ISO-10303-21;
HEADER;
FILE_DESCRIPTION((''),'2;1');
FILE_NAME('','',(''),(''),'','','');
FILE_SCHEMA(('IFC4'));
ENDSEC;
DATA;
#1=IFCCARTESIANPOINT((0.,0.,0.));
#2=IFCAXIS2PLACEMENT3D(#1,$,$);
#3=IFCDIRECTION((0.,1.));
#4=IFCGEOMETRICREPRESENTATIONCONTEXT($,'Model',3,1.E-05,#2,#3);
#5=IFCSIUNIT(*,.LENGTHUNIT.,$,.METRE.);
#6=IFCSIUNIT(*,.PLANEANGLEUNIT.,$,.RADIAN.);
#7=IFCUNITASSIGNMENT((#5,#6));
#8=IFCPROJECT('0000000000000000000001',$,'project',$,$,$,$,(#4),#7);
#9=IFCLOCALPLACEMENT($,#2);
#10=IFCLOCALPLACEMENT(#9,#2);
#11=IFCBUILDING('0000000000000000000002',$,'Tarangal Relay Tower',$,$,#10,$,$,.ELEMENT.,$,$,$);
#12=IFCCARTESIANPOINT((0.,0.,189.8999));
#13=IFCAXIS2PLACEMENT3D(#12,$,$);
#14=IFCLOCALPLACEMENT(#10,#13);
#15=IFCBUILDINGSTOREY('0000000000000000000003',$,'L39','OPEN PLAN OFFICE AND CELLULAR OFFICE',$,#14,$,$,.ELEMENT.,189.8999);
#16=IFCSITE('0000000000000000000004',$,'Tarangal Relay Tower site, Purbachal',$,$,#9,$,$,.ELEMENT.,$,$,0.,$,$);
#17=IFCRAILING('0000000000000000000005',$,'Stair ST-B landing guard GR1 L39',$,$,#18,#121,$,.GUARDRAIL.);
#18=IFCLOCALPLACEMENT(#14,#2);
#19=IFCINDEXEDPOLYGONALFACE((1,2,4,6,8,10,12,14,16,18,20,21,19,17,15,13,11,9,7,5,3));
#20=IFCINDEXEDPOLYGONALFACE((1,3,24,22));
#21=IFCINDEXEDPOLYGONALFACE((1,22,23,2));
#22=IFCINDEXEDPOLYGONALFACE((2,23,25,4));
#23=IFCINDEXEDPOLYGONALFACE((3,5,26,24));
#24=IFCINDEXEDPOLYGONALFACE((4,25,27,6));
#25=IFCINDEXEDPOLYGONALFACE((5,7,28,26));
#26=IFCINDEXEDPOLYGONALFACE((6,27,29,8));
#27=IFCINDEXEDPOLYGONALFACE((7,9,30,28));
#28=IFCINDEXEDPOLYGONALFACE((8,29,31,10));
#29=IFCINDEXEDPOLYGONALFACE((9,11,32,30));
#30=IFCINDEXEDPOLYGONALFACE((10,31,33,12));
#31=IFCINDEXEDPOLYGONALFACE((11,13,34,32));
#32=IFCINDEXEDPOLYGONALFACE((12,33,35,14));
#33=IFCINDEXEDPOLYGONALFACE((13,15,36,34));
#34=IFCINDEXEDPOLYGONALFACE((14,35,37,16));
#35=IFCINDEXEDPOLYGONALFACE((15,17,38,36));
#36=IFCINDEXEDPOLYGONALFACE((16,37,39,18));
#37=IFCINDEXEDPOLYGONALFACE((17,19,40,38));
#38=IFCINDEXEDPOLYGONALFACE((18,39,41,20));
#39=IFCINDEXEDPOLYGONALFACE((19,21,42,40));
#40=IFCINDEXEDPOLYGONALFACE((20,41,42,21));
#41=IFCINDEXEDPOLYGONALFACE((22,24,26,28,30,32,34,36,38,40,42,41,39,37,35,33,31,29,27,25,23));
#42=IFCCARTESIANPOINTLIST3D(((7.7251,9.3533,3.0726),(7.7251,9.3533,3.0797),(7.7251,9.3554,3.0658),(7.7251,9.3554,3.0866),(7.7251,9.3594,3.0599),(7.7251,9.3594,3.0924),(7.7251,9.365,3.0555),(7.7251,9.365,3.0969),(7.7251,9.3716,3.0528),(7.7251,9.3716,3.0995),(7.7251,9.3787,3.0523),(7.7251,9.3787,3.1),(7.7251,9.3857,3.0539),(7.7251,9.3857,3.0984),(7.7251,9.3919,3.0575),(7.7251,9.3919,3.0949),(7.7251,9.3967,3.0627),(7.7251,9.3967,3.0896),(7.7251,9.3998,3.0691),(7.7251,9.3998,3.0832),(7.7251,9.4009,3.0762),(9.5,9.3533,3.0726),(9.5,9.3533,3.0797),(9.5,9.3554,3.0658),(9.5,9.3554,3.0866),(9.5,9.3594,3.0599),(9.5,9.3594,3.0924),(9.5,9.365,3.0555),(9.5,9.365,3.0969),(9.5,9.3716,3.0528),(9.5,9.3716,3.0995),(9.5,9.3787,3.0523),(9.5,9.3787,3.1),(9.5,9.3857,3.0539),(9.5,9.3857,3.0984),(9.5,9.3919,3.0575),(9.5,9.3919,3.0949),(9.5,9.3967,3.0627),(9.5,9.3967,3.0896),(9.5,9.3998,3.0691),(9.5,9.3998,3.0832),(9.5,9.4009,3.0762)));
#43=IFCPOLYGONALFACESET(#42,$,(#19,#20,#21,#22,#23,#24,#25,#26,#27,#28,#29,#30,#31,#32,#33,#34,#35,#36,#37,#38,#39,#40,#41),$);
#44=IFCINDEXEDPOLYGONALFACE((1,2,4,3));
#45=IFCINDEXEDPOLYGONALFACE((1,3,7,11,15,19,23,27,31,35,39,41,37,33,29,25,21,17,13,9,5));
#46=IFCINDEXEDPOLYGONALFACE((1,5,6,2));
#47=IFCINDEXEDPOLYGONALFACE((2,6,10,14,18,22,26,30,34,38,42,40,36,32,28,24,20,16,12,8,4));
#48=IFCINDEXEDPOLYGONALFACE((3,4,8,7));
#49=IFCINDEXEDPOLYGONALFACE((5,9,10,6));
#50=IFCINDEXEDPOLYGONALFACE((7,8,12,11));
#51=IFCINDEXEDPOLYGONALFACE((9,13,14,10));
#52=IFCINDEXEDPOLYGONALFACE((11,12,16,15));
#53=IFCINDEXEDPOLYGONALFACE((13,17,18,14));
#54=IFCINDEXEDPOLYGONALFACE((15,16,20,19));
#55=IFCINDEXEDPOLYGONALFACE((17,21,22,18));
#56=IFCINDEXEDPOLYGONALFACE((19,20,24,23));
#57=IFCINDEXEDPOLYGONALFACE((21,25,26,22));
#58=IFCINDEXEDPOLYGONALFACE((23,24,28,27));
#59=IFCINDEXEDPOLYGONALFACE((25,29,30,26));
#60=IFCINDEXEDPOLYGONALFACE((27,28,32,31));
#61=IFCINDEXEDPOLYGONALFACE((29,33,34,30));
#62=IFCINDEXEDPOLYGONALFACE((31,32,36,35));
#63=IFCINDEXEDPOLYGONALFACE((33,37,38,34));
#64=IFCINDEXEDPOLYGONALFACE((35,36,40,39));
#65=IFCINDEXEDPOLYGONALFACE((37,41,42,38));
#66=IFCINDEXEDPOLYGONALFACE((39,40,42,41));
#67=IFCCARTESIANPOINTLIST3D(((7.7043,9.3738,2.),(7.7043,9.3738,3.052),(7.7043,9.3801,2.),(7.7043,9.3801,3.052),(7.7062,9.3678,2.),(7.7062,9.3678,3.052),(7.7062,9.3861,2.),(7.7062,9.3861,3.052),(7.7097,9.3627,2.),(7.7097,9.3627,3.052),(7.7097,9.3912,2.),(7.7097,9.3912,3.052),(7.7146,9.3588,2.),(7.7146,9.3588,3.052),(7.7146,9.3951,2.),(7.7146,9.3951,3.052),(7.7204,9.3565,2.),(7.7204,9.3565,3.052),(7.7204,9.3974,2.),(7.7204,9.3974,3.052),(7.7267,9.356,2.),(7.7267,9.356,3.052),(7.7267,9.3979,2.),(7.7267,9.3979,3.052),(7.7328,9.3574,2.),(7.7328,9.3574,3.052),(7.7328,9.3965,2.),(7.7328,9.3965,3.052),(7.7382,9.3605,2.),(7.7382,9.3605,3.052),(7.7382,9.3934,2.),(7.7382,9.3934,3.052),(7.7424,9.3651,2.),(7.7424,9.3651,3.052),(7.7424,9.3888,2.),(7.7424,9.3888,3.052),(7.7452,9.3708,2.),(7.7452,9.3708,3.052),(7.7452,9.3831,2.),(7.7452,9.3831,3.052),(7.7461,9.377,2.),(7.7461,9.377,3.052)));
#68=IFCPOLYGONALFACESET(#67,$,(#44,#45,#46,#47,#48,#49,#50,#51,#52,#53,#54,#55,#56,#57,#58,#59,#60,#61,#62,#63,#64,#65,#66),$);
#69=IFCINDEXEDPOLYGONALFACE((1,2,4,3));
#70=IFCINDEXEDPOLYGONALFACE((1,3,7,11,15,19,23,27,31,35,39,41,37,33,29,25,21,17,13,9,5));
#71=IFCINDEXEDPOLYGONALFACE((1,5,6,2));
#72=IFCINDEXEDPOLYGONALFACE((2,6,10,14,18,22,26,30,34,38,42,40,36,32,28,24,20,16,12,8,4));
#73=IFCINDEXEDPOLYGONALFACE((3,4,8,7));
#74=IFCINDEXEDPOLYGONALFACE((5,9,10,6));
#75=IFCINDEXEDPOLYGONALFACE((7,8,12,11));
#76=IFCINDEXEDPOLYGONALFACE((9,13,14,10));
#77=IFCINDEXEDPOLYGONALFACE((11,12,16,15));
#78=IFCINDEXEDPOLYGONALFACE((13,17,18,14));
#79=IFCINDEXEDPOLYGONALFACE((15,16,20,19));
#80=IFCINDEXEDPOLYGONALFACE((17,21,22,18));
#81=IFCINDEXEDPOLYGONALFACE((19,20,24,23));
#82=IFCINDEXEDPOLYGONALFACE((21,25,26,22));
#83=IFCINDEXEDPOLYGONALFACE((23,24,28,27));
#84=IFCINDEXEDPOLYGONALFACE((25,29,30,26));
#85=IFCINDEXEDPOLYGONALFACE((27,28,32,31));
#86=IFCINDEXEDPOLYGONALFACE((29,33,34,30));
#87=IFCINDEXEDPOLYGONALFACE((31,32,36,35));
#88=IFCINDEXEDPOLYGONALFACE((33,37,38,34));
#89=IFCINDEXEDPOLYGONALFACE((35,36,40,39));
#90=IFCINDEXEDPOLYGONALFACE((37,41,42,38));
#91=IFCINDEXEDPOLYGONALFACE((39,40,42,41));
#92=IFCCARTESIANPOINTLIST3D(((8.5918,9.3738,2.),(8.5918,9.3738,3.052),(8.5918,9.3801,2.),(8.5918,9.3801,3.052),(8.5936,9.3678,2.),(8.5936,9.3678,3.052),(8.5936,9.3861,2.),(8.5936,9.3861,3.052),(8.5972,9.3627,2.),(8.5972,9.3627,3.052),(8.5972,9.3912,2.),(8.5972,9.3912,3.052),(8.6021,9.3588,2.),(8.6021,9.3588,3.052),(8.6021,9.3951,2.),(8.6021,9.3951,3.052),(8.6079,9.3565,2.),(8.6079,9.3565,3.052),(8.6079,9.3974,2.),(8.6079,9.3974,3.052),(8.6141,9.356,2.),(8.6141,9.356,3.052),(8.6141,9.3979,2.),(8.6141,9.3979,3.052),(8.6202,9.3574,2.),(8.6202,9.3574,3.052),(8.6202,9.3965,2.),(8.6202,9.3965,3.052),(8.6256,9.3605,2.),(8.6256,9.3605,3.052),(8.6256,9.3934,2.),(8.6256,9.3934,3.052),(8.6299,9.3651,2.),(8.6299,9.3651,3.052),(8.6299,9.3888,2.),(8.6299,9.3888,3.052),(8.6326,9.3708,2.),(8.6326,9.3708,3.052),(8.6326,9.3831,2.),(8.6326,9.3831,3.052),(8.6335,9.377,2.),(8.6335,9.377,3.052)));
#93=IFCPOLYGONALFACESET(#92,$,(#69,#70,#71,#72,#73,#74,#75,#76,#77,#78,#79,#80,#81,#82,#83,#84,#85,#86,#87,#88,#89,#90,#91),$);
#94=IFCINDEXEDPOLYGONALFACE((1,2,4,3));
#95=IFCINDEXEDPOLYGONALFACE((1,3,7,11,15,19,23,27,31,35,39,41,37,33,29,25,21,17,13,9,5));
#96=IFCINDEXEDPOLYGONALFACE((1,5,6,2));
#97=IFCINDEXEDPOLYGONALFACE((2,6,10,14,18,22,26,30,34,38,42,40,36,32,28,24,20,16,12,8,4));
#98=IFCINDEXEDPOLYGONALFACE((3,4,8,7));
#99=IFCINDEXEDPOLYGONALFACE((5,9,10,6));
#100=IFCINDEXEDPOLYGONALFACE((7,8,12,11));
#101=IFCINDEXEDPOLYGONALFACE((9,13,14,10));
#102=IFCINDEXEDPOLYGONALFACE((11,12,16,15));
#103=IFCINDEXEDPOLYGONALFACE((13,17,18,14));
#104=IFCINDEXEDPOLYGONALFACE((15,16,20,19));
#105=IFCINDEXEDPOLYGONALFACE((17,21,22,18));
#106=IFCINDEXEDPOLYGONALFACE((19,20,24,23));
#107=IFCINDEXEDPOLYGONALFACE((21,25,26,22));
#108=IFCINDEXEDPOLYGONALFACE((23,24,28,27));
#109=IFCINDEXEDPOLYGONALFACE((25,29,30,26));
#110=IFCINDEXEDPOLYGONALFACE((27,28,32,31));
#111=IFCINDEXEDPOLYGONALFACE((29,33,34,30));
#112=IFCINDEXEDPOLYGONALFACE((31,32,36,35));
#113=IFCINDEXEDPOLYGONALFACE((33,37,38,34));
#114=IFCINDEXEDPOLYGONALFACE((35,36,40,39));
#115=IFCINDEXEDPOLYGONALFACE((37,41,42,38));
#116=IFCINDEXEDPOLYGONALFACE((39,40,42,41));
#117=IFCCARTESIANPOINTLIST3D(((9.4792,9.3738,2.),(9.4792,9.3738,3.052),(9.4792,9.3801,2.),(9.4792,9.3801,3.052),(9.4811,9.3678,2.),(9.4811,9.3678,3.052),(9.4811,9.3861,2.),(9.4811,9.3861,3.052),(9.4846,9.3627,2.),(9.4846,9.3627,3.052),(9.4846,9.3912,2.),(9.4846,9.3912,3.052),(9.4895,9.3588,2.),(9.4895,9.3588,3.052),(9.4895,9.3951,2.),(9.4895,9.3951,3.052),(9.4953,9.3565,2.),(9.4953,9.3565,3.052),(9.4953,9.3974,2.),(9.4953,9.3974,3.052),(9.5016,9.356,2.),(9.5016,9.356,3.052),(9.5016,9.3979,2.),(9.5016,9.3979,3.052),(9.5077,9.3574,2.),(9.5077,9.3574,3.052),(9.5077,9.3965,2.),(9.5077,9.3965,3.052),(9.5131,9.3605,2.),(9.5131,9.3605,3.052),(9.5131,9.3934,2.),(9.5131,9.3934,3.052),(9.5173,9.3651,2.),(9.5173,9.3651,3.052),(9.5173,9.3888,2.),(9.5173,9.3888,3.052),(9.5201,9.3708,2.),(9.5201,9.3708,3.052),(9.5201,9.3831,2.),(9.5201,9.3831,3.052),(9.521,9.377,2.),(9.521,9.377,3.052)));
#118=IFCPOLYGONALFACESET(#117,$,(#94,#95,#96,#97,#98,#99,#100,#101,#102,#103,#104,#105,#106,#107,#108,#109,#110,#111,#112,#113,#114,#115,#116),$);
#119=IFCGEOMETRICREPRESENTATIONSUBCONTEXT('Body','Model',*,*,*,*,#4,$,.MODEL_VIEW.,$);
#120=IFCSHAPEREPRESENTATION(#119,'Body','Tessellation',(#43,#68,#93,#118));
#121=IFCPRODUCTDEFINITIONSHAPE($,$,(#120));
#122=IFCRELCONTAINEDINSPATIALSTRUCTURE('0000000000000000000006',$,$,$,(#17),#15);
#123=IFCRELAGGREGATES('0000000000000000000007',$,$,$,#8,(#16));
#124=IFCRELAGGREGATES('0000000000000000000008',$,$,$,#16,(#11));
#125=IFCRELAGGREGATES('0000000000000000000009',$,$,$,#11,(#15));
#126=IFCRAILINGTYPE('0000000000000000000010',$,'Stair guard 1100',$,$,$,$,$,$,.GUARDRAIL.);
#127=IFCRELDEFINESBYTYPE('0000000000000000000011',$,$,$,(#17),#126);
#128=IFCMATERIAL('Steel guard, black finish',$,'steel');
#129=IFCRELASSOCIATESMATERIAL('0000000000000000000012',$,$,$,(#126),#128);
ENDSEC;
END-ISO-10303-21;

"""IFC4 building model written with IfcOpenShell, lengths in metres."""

from ifc_helpers import new_model, si_unit, direction, frame, origin, origin_2d, place, context, subcontext, project, spatial, circle, extrude, material, type_object, element, save


model = new_model("IFC4")

# Units and contexts
model_context = context("Model", 3, precision=1e-05, world=origin(), true_north=direction((0.0, 1.0)))
body_context = subcontext(model_context, "Body", "Model", "MODEL_VIEW")
ifc_project = project(units=[si_unit("LENGTHUNIT", "METRE"), si_unit("PLANEANGLEUNIT", "RADIAN")], contexts=[model_context])

# Site, building, storey
site_placement = place(None, origin())
site = spatial("IfcSite", under=ifc_project, at=site_placement, Name="Tarangal Relay Tower site, Purbachal", CompositionType="ELEMENT", RefElevation=0.0)
building_placement = place(site_placement, origin())
building = spatial("IfcBuilding", under=site, at=building_placement, Name="Tarangal Relay Tower", CompositionType="ELEMENT")
storey_placement = place(building_placement, frame((0.0, 0.0, 189.8999)))
storey = spatial("IfcBuildingStorey", under=building, at=storey_placement, Name="L39", Description="OPEN PLAN OFFICE AND CELLULAR OFFICE", CompositionType="ELEMENT", Elevation=189.8999)

# Railing
ifc_material_1 = material(Name="Steel guard, black finish", Category="steel")
railing_type = type_object("IfcRailingType", Name="Stair guard 1100", PredefinedType="GUARDRAIL", material=ifc_material_1)
railing_placement = place(storey_placement, frame((7.7251, 9.377, 2.0)))
element("IfcRailing", 1, at=railing_placement, inside=storey, type_object=railing_type, Name="Stair ST-B landing guard GR1 L39", PredefinedType="GUARDRAIL", context=body_context, shape_type="SweptSolid", body=[
    extrude(circle(Radius=0.0239, at=origin_2d()), frame((0.0, 0.0, 1.0762), z_axis=(1.0, 0.0, 0.0), x_axis=(0.0, 1.0, 0.0)), (0.0, 0.0, 1.0), 1.7749),
    extrude(circle(Radius=0.021, at=origin_2d()), origin(), (0.0, 0.0, 1.0), 1.052),
    extrude(circle(Radius=0.021, at=origin_2d()), frame((0.8875, 0.0, 0.0)), (0.0, 0.0, 1.0), 1.052),
    extrude(circle(Radius=0.021, at=origin_2d()), frame((1.7749, 0.0, 0.0)), (0.0, 0.0, 1.0), 1.052),
])

save(model, "model.ifc")
